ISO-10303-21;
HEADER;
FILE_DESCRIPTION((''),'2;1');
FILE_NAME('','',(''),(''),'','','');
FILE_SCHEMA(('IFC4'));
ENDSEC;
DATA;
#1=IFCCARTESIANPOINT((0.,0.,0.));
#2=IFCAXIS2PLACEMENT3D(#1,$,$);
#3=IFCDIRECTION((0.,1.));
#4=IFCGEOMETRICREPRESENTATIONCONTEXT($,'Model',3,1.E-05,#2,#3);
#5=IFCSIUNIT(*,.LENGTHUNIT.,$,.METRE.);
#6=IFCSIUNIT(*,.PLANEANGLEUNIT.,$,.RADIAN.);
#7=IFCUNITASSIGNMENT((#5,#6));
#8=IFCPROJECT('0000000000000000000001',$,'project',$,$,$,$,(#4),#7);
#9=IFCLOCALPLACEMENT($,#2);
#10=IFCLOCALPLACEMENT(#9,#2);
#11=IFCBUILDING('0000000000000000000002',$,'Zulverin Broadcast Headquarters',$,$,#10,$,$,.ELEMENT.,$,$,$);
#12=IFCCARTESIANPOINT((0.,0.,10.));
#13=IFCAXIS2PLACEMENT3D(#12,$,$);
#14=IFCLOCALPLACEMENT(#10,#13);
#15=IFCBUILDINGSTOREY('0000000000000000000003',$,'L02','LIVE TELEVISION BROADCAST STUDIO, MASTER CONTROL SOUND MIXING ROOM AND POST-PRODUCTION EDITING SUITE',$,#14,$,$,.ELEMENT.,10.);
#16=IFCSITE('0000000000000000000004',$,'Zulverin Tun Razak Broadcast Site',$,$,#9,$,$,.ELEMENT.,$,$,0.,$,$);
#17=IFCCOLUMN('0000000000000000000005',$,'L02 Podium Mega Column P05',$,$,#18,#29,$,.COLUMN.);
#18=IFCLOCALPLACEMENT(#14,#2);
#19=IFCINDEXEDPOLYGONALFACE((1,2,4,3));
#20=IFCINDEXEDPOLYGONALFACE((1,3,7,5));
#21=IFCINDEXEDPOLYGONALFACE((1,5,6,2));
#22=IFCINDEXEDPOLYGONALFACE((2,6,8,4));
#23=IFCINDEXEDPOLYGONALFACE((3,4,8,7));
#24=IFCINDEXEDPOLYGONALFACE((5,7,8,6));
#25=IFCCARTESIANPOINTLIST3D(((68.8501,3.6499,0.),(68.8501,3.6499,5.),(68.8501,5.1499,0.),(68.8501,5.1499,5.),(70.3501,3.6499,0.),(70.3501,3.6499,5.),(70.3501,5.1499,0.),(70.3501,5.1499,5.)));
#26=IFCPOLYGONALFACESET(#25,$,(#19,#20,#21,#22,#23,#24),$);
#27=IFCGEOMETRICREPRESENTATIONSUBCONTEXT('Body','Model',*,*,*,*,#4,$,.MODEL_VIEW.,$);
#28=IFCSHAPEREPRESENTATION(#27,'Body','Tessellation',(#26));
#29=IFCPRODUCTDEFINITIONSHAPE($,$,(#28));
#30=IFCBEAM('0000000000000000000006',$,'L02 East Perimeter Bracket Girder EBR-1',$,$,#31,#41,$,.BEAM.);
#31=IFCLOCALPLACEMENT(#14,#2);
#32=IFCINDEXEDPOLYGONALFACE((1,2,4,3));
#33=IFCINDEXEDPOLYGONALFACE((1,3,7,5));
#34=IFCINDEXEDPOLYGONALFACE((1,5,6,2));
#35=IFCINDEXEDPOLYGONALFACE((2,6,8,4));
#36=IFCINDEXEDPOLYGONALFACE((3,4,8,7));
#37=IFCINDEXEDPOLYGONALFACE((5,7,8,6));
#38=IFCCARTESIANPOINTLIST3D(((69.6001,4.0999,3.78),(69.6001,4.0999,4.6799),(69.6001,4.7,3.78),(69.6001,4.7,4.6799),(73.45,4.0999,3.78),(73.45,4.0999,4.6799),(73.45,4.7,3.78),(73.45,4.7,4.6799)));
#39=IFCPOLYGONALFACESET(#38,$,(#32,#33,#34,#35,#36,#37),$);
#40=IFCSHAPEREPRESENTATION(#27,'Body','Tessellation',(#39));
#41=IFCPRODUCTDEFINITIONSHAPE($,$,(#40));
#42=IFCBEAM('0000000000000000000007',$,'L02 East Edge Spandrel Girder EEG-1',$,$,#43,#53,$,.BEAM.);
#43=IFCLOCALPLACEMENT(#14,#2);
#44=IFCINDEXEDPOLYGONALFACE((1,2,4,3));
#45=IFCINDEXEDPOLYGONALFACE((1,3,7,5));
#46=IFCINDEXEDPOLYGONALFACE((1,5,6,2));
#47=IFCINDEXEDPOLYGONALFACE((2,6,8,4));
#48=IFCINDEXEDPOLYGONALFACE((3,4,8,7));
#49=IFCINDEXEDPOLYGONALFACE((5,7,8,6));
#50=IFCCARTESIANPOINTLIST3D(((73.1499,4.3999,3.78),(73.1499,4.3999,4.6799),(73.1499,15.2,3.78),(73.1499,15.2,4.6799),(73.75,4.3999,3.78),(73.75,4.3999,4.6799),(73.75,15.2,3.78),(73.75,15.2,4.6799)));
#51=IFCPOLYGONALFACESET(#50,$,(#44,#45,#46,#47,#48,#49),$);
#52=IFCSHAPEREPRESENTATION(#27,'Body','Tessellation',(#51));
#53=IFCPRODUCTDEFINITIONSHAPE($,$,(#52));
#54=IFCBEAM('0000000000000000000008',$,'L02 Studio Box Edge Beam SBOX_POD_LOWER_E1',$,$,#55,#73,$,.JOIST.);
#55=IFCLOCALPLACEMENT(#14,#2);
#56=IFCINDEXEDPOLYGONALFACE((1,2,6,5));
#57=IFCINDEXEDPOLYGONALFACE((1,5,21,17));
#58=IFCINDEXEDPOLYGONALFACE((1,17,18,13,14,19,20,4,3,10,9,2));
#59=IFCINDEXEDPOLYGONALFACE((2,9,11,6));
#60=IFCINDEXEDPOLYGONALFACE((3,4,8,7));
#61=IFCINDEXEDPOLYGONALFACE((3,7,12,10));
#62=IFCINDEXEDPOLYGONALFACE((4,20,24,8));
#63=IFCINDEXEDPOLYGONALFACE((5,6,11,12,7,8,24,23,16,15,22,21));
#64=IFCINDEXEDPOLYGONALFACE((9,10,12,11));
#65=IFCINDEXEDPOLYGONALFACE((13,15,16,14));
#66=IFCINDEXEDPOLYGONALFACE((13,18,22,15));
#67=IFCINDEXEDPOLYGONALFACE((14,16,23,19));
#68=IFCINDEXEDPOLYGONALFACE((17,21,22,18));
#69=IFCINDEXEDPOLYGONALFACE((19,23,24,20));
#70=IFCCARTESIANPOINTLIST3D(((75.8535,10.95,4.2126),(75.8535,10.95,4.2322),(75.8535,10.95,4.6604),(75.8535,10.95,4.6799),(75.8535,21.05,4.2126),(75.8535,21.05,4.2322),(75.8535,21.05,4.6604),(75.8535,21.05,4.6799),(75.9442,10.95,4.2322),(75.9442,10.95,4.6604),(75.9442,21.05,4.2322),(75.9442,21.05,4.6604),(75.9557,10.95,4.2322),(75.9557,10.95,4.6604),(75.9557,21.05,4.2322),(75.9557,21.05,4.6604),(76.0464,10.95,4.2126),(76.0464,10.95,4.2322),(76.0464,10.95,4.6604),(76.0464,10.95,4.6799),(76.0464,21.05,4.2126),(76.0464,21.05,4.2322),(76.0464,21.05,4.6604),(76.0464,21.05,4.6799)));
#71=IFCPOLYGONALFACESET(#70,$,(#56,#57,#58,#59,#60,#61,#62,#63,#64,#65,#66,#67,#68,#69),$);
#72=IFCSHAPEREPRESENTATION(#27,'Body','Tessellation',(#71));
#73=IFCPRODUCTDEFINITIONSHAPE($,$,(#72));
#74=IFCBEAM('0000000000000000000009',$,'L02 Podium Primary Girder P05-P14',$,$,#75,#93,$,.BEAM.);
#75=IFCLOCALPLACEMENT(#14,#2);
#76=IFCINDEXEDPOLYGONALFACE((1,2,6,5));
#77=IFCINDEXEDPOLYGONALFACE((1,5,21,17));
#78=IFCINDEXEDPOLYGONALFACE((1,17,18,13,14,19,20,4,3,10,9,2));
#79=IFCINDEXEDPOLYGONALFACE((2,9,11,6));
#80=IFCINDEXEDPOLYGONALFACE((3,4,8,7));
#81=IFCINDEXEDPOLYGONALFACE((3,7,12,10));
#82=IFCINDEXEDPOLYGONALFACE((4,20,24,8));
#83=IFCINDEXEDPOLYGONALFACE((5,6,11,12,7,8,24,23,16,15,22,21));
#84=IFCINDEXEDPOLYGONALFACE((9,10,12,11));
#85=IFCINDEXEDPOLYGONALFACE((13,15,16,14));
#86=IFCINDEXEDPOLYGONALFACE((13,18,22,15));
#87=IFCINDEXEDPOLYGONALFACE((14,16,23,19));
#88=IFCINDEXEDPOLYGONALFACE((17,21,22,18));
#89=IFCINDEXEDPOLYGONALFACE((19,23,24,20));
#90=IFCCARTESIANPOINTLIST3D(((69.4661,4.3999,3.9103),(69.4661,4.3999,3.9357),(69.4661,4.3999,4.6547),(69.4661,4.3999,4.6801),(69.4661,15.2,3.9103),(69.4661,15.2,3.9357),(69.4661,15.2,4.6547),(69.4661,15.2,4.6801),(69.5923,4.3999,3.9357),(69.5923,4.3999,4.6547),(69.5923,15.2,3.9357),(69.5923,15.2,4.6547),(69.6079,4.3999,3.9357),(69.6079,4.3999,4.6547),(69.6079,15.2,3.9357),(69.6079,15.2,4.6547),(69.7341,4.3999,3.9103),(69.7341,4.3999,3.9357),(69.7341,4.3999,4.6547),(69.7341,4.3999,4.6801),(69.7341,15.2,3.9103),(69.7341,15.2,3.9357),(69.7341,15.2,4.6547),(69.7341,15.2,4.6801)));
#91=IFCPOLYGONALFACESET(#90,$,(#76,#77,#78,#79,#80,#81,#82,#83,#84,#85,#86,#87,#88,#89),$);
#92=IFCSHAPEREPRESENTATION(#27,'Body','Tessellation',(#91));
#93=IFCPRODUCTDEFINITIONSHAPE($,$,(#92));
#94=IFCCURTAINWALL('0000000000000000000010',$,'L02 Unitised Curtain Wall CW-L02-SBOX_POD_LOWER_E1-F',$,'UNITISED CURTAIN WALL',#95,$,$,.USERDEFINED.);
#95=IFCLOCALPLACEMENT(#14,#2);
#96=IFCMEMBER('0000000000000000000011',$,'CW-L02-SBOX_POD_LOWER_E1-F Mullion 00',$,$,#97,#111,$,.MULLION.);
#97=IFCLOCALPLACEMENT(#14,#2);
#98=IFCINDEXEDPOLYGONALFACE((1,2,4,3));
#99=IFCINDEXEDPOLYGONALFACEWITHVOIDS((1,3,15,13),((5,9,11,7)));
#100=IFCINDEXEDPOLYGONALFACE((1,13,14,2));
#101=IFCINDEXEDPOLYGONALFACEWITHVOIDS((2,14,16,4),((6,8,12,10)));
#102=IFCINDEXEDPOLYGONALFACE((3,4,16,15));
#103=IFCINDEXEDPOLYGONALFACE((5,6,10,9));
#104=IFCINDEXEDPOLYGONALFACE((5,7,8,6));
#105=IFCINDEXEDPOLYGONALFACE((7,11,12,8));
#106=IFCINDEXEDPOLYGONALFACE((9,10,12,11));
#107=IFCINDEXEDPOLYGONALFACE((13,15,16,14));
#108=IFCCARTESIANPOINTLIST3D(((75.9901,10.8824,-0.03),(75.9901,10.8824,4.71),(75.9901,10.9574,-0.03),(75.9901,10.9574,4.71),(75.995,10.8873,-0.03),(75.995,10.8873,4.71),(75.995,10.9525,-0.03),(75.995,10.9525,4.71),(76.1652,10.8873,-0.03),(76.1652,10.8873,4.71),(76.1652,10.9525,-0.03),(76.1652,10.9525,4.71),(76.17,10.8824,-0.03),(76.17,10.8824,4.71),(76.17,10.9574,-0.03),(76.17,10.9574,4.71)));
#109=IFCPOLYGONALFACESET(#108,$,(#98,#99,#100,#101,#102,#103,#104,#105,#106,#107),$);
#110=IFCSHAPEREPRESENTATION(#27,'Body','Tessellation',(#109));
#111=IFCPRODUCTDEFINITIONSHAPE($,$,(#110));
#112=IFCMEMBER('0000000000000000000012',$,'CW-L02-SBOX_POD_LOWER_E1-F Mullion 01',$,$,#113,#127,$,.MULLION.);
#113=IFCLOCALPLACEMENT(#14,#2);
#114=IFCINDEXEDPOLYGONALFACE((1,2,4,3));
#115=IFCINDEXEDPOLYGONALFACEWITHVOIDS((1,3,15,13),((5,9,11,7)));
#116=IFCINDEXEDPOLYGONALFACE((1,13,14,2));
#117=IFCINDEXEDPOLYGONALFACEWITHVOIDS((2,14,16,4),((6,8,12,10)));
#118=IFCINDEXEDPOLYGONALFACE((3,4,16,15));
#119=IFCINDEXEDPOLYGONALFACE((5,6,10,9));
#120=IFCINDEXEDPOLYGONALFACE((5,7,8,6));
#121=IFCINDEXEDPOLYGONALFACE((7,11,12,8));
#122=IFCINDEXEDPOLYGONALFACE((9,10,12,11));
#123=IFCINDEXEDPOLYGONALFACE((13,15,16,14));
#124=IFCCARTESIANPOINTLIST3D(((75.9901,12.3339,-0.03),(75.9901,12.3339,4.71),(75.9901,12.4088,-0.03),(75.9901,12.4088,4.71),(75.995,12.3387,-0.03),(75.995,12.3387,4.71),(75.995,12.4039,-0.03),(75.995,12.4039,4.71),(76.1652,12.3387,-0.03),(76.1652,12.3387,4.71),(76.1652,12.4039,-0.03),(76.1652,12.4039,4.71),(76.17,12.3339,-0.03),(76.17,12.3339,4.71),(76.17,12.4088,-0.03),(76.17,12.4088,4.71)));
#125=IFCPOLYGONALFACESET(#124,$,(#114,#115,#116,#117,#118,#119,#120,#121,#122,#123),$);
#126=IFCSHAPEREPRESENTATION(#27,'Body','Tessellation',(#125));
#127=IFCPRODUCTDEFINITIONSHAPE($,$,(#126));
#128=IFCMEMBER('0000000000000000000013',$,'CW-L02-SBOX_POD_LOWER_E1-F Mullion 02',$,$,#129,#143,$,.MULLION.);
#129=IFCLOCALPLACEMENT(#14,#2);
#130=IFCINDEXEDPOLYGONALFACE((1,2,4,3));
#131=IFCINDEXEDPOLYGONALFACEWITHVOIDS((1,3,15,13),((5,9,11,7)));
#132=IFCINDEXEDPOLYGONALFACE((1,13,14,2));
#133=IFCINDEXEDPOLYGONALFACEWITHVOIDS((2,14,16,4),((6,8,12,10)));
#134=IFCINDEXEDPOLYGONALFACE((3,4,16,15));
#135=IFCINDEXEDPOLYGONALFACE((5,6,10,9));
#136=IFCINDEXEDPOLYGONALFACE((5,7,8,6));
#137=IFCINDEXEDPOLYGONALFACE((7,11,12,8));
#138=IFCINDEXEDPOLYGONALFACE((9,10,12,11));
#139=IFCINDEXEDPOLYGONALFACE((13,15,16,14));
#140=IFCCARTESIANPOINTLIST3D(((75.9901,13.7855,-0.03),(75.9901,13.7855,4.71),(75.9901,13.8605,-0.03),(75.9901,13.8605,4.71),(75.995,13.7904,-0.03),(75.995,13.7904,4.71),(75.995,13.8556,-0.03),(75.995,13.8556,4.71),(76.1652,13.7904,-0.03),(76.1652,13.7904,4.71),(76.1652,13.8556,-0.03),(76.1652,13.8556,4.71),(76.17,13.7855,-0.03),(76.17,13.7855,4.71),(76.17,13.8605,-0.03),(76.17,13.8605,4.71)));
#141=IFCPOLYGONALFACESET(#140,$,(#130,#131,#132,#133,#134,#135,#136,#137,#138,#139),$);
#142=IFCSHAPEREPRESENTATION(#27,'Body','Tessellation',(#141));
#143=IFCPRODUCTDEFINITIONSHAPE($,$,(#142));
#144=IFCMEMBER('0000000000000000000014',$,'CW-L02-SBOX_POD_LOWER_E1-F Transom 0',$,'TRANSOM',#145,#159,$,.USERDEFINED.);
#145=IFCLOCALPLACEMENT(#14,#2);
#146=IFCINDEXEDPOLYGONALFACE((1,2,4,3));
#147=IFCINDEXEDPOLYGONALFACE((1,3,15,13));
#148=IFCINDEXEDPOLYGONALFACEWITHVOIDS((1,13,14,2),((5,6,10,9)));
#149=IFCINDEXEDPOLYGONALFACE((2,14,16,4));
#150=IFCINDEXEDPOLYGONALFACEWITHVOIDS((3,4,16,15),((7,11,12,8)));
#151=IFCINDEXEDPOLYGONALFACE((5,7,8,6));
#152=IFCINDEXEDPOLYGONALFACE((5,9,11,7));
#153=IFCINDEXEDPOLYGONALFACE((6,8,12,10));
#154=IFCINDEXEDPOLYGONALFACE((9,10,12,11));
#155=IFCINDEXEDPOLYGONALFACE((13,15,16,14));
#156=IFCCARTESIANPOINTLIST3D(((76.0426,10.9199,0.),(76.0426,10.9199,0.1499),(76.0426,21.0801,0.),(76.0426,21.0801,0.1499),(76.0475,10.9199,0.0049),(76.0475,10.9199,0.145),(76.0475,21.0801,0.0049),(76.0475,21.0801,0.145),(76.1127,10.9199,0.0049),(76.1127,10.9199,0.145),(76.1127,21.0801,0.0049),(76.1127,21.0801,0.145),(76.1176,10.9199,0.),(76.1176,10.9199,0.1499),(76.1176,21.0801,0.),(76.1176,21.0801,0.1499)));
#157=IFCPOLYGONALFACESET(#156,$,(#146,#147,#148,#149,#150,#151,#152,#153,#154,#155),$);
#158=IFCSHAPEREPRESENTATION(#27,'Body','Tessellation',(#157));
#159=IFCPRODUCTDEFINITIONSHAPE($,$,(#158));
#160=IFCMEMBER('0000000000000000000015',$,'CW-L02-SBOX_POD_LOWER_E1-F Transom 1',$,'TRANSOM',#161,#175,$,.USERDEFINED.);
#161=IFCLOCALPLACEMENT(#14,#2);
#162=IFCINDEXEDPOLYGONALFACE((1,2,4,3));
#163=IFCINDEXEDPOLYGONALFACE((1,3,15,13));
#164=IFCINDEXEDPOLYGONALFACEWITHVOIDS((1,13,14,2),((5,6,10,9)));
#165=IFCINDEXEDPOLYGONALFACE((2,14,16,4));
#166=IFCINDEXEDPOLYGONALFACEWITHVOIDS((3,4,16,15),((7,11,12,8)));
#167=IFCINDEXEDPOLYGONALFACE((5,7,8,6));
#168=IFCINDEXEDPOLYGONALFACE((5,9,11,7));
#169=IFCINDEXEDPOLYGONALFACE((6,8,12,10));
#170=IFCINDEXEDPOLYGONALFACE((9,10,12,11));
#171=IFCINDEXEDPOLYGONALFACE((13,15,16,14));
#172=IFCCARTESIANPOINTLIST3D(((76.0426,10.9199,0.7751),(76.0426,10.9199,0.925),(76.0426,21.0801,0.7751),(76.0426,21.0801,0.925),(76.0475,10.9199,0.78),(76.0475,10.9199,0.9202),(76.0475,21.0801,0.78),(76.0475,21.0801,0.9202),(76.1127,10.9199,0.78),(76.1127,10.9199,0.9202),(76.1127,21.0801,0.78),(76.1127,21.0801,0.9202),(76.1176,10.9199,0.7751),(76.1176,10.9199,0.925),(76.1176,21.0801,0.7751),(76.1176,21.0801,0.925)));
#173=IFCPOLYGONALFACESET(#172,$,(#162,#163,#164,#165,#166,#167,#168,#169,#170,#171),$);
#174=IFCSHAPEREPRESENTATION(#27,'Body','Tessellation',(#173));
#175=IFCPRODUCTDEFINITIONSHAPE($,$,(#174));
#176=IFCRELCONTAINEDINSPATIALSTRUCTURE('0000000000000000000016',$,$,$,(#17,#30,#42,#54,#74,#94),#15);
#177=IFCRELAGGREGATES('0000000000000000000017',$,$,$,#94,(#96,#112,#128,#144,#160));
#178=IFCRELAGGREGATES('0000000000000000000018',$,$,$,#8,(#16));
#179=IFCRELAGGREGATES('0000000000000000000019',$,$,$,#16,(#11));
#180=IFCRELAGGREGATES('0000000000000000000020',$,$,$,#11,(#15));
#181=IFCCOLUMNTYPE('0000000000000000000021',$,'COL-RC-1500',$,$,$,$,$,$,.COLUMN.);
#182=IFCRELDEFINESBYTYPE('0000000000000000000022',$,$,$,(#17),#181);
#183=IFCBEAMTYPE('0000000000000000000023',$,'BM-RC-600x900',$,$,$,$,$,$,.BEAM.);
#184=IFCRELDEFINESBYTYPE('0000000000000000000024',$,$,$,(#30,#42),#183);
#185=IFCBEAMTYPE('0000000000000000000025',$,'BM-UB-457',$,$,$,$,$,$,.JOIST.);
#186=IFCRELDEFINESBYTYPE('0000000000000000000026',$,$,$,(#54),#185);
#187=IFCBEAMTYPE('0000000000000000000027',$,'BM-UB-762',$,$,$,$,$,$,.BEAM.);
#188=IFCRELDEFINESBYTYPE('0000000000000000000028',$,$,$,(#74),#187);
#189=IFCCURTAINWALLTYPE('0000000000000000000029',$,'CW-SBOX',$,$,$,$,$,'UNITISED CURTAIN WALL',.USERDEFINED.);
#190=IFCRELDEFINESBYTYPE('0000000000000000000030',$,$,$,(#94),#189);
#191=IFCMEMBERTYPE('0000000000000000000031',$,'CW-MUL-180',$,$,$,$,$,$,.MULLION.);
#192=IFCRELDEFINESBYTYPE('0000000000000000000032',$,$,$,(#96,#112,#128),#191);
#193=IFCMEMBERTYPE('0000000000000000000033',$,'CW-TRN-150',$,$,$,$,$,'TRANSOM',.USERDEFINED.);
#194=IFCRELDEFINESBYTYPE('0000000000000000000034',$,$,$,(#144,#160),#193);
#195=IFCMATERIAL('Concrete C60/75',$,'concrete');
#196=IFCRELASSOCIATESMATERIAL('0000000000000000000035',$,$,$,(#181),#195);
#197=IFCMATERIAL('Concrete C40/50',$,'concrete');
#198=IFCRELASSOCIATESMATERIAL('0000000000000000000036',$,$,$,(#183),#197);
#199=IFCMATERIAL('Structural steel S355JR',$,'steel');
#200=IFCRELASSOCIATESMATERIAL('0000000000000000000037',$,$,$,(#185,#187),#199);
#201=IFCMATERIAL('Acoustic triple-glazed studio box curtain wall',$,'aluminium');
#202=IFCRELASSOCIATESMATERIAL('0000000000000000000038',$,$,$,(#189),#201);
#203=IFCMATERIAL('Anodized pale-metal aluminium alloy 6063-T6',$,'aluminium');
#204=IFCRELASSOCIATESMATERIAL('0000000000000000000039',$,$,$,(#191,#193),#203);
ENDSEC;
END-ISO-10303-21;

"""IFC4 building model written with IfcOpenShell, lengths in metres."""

from ifc_helpers import new_model, si_unit, direction, frame, origin, origin_2d, place, context, subcontext, project, spatial, rectangle, hollow_rectangle, i_section, extrude, material, material_profile, profile_set, type_object, element, aggregate, save


model = new_model("IFC4")

# Units and contexts
model_context = context("Model", 3, precision=1e-05, world=origin(), true_north=direction((0.0, 1.0)))
body_context = subcontext(model_context, "Body", "Model", "MODEL_VIEW")
ifc_project = project(units=[si_unit("LENGTHUNIT", "METRE"), si_unit("PLANEANGLEUNIT", "RADIAN")], contexts=[model_context])

# Site, building, storey
site_placement = place(None, origin())
site = spatial("IfcSite", under=ifc_project, at=site_placement, Name="Zulverin Tun Razak Broadcast Site", CompositionType="ELEMENT", RefElevation=0.0)
building_placement = place(site_placement, origin())
building = spatial("IfcBuilding", under=site, at=building_placement, Name="Zulverin Broadcast Headquarters", CompositionType="ELEMENT")
storey_placement = place(building_placement, frame((0.0, 0.0, 10.0)))
storey = spatial("IfcBuildingStorey", under=building, at=storey_placement, Name="L02", Description="LIVE TELEVISION BROADCAST STUDIO, MASTER CONTROL SOUND MIXING ROOM AND POST-PRODUCTION EDITING SUITE", CompositionType="ELEMENT", Elevation=10.0)

# Column
ifc_material_1 = material(Name="Concrete C60/75", Category="concrete")
ifc_material_profile_1 = material_profile(ifc_material_1, rectangle(XDim=1.5, YDim=1.5, at=origin_2d()), Name="Concrete C60/75", Category="concrete")
ifc_profile_set_1 = profile_set([ifc_material_profile_1], Name="Concrete C60/75")
column_type = type_object("IfcColumnType", Name="COL-RC-1500", PredefinedType="COLUMN", material=ifc_profile_set_1)
column_placement = place(storey_placement, frame((69.6001, 4.3999, 0.0), z_axis=(0.0, 0.0, 1.0), x_axis=(1.0, 0.0, 0.0)))
element("IfcColumn", 1, at=column_placement, inside=storey, type_object=column_type, Name="L02 Podium Mega Column P05", PredefinedType="COLUMN", context=body_context, shape_type="SweptSolid", body=[
    extrude(rectangle(XDim=1.5, YDim=1.5, at=origin_2d()), origin(), (0.0, 0.0, 1.0), 5.0),
])

# Beams
ifc_material_2 = material(Name="Concrete C40/50", Category="concrete")
ifc_material_profile_2 = material_profile(ifc_material_2, rectangle(XDim=0.6001, YDim=0.8999, at=origin_2d()), Name="Concrete C40/50", Category="concrete")
ifc_profile_set_2 = profile_set([ifc_material_profile_2], Name="Concrete C40/50")
beam_type_1 = type_object("IfcBeamType", Name="BM-RC-600x900", PredefinedType="BEAM", material=ifc_profile_set_2)
beam_1_placement = place(storey_placement, frame((69.6001, 4.3999, 4.23), z_axis=(1.0, 0.0, 0.0), x_axis=(0.0, 1.0, 0.0)))
element("IfcBeam", 2, at=beam_1_placement, inside=storey, type_object=beam_type_1, Name="L02 East Perimeter Bracket Girder EBR-1", PredefinedType="BEAM", context=body_context, shape_type="SweptSolid", body=[
    extrude(rectangle(XDim=0.6001, YDim=0.8999, at=origin_2d()), origin(), (0.0, 0.0, 1.0), 3.8499),
])
beam_2_placement = place(storey_placement, frame((73.45, 4.3999, 4.23), z_axis=(0.0, 1.0, 0.0), x_axis=(-1.0, 0.0, 0.0)))
element("IfcBeam", 3, at=beam_2_placement, inside=storey, type_object=beam_type_1, Name="L02 East Edge Spandrel Girder EEG-1", PredefinedType="BEAM", context=body_context, shape_type="SweptSolid", body=[
    extrude(rectangle(XDim=0.6001, YDim=0.8999, at=origin_2d()), origin(), (0.0, 0.0, 1.0), 10.8),
])
ifc_material_3 = material(Name="Structural steel S355JR", Category="steel")
ifc_material_profile_3 = material_profile(ifc_material_3, i_section(OverallWidth=0.1929, OverallDepth=0.4673, WebThickness=0.0115, FlangeThickness=0.0195, at=origin_2d()), Name="Structural steel S355JR", Category="steel")
ifc_profile_set_3 = profile_set([ifc_material_profile_3], Name="Structural steel S355JR")
beam_type_2 = type_object("IfcBeamType", Name="BM-UB-457", PredefinedType="JOIST", material=ifc_profile_set_3)
beam_3_placement = place(storey_placement, frame((75.95, 10.95, 4.4463), z_axis=(0.0, 1.0, 0.0), x_axis=(-1.0, 0.0, 0.0)))
element("IfcBeam", 4, at=beam_3_placement, inside=storey, type_object=beam_type_2, Name="L02 Studio Box Edge Beam SBOX_POD_LOWER_E1", PredefinedType="JOIST", context=body_context, shape_type="SweptSolid", body=[
    extrude(i_section(OverallWidth=0.1929, OverallDepth=0.4673, WebThickness=0.0115, FlangeThickness=0.0195, at=origin_2d()), origin(), (0.0, 0.0, 1.0), 10.1001),
])
ifc_material_profile_4 = material_profile(ifc_material_3, i_section(OverallWidth=0.2681, OverallDepth=0.7698, WebThickness=0.0156, FlangeThickness=0.0254, at=origin_2d()), Name="Structural steel S355JR", Category="steel")
ifc_profile_set_4 = profile_set([ifc_material_profile_4], Name="Structural steel S355JR")
beam_type_3 = type_object("IfcBeamType", Name="BM-UB-762", PredefinedType="BEAM", material=ifc_profile_set_4)
beam_4_placement = place(storey_placement, frame((69.6001, 4.3999, 4.2952), z_axis=(0.0, 1.0, 0.0), x_axis=(-1.0, 0.0, 0.0)))
element("IfcBeam", 5, at=beam_4_placement, inside=storey, type_object=beam_type_3, Name="L02 Podium Primary Girder P05-P14", PredefinedType="BEAM", context=body_context, shape_type="SweptSolid", body=[
    extrude(i_section(OverallWidth=0.2681, OverallDepth=0.7698, WebThickness=0.0156, FlangeThickness=0.0254, at=origin_2d()), origin(), (0.0, 0.0, 1.0), 10.8),
])

# Curtain wall, members
ifc_material_4 = material(Name="Acoustic triple-glazed studio box curtain wall", Category="aluminium")
curtain_wall_type = type_object("IfcCurtainWallType", Name="CW-SBOX", ElementType="UNITISED CURTAIN WALL", PredefinedType="USERDEFINED", material=ifc_material_4)
curtain_wall_placement = place(storey_placement, origin())
curtain_wall = element("IfcCurtainWall", 6, at=curtain_wall_placement, inside=storey, type_object=curtain_wall_type, Name="L02 Unitised Curtain Wall CW-L02-SBOX_POD_LOWER_E1-F", ObjectType="UNITISED CURTAIN WALL", PredefinedType="USERDEFINED")
ifc_material_5 = material(Name="Anodized pale-metal aluminium alloy 6063-T6", Category="aluminium")
ifc_material_profile_5 = material_profile(ifc_material_5, hollow_rectangle(XDim=0.075, YDim=0.1799, WallThickness=0.0049, at=origin_2d()), Name="Anodized pale-metal aluminium alloy 6063-T6", Category="aluminium")
ifc_profile_set_5 = profile_set([ifc_material_profile_5], Name="Anodized pale-metal aluminium alloy 6063-T6")
member_type_1 = type_object("IfcMemberType", Name="CW-MUL-180", PredefinedType="MULLION", material=ifc_profile_set_5)
member_1_placement = place(storey_placement, frame((76.0801, 10.9199, -0.03), z_axis=(0.0, 0.0, 1.0), x_axis=(0.0, 1.0, 0.0)))
member_1 = element("IfcMember", 7, at=member_1_placement, type_object=member_type_1, Name="CW-L02-SBOX_POD_LOWER_E1-F Mullion 00", PredefinedType="MULLION", context=body_context, shape_type="SweptSolid", body=[
    extrude(hollow_rectangle(XDim=0.075, YDim=0.1799, WallThickness=0.0049, at=origin_2d()), origin(), (0.0, 0.0, 1.0), 4.74),
])
member_2_placement = place(storey_placement, frame((76.0801, 12.3713, -0.03), z_axis=(0.0, 0.0, 1.0), x_axis=(0.0, 1.0, 0.0)))
member_2 = element("IfcMember", 8, at=member_2_placement, type_object=member_type_1, Name="CW-L02-SBOX_POD_LOWER_E1-F Mullion 01", PredefinedType="MULLION", context=body_context, shape_type="SweptSolid", body=[
    extrude(hollow_rectangle(XDim=0.075, YDim=0.1799, WallThickness=0.0049, at=origin_2d()), origin(), (0.0, 0.0, 1.0), 4.74),
])
member_3_placement = place(storey_placement, frame((76.0801, 13.823, -0.03), z_axis=(0.0, 0.0, 1.0), x_axis=(0.0, 1.0, 0.0)))
member_3 = element("IfcMember", 9, at=member_3_placement, type_object=member_type_1, Name="CW-L02-SBOX_POD_LOWER_E1-F Mullion 02", PredefinedType="MULLION", context=body_context, shape_type="SweptSolid", body=[
    extrude(hollow_rectangle(XDim=0.075, YDim=0.1799, WallThickness=0.0049, at=origin_2d()), origin(), (0.0, 0.0, 1.0), 4.74),
])
ifc_material_profile_6 = material_profile(ifc_material_5, hollow_rectangle(XDim=0.075, YDim=0.1499, WallThickness=0.0049, at=origin_2d()), Name="Anodized pale-metal aluminium alloy 6063-T6", Category="aluminium")
ifc_profile_set_6 = profile_set([ifc_material_profile_6], Name="Anodized pale-metal aluminium alloy 6063-T6")
member_type_2 = type_object("IfcMemberType", Name="CW-TRN-150", ElementType="TRANSOM", PredefinedType="USERDEFINED", material=ifc_profile_set_6)
member_4_placement = place(storey_placement, frame((76.0801, 10.9199, 0.075), z_axis=(0.0, 1.0, 0.0), x_axis=(-1.0, 0.0, 0.0)))
member_4 = element("IfcMember", 10, at=member_4_placement, type_object=member_type_2, Name="CW-L02-SBOX_POD_LOWER_E1-F Transom 0", ObjectType="TRANSOM", PredefinedType="USERDEFINED", context=body_context, shape_type="SweptSolid", body=[
    extrude(hollow_rectangle(XDim=0.075, YDim=0.1499, WallThickness=0.0049, at=origin_2d()), origin(), (0.0, 0.0, 1.0), 10.1602),
])
member_5_placement = place(storey_placement, frame((76.0801, 10.9199, 0.8501), z_axis=(0.0, 1.0, 0.0), x_axis=(-1.0, 0.0, 0.0)))
member_5 = element("IfcMember", 11, at=member_5_placement, type_object=member_type_2, Name="CW-L02-SBOX_POD_LOWER_E1-F Transom 1", ObjectType="TRANSOM", PredefinedType="USERDEFINED", context=body_context, shape_type="SweptSolid", body=[
    extrude(hollow_rectangle(XDim=0.075, YDim=0.1499, WallThickness=0.0049, at=origin_2d()), origin(), (0.0, 0.0, 1.0), 10.1602),
])

aggregate(curtain_wall, [member_1, member_2, member_3, member_4, member_5])

save(model, "model.ifc")
